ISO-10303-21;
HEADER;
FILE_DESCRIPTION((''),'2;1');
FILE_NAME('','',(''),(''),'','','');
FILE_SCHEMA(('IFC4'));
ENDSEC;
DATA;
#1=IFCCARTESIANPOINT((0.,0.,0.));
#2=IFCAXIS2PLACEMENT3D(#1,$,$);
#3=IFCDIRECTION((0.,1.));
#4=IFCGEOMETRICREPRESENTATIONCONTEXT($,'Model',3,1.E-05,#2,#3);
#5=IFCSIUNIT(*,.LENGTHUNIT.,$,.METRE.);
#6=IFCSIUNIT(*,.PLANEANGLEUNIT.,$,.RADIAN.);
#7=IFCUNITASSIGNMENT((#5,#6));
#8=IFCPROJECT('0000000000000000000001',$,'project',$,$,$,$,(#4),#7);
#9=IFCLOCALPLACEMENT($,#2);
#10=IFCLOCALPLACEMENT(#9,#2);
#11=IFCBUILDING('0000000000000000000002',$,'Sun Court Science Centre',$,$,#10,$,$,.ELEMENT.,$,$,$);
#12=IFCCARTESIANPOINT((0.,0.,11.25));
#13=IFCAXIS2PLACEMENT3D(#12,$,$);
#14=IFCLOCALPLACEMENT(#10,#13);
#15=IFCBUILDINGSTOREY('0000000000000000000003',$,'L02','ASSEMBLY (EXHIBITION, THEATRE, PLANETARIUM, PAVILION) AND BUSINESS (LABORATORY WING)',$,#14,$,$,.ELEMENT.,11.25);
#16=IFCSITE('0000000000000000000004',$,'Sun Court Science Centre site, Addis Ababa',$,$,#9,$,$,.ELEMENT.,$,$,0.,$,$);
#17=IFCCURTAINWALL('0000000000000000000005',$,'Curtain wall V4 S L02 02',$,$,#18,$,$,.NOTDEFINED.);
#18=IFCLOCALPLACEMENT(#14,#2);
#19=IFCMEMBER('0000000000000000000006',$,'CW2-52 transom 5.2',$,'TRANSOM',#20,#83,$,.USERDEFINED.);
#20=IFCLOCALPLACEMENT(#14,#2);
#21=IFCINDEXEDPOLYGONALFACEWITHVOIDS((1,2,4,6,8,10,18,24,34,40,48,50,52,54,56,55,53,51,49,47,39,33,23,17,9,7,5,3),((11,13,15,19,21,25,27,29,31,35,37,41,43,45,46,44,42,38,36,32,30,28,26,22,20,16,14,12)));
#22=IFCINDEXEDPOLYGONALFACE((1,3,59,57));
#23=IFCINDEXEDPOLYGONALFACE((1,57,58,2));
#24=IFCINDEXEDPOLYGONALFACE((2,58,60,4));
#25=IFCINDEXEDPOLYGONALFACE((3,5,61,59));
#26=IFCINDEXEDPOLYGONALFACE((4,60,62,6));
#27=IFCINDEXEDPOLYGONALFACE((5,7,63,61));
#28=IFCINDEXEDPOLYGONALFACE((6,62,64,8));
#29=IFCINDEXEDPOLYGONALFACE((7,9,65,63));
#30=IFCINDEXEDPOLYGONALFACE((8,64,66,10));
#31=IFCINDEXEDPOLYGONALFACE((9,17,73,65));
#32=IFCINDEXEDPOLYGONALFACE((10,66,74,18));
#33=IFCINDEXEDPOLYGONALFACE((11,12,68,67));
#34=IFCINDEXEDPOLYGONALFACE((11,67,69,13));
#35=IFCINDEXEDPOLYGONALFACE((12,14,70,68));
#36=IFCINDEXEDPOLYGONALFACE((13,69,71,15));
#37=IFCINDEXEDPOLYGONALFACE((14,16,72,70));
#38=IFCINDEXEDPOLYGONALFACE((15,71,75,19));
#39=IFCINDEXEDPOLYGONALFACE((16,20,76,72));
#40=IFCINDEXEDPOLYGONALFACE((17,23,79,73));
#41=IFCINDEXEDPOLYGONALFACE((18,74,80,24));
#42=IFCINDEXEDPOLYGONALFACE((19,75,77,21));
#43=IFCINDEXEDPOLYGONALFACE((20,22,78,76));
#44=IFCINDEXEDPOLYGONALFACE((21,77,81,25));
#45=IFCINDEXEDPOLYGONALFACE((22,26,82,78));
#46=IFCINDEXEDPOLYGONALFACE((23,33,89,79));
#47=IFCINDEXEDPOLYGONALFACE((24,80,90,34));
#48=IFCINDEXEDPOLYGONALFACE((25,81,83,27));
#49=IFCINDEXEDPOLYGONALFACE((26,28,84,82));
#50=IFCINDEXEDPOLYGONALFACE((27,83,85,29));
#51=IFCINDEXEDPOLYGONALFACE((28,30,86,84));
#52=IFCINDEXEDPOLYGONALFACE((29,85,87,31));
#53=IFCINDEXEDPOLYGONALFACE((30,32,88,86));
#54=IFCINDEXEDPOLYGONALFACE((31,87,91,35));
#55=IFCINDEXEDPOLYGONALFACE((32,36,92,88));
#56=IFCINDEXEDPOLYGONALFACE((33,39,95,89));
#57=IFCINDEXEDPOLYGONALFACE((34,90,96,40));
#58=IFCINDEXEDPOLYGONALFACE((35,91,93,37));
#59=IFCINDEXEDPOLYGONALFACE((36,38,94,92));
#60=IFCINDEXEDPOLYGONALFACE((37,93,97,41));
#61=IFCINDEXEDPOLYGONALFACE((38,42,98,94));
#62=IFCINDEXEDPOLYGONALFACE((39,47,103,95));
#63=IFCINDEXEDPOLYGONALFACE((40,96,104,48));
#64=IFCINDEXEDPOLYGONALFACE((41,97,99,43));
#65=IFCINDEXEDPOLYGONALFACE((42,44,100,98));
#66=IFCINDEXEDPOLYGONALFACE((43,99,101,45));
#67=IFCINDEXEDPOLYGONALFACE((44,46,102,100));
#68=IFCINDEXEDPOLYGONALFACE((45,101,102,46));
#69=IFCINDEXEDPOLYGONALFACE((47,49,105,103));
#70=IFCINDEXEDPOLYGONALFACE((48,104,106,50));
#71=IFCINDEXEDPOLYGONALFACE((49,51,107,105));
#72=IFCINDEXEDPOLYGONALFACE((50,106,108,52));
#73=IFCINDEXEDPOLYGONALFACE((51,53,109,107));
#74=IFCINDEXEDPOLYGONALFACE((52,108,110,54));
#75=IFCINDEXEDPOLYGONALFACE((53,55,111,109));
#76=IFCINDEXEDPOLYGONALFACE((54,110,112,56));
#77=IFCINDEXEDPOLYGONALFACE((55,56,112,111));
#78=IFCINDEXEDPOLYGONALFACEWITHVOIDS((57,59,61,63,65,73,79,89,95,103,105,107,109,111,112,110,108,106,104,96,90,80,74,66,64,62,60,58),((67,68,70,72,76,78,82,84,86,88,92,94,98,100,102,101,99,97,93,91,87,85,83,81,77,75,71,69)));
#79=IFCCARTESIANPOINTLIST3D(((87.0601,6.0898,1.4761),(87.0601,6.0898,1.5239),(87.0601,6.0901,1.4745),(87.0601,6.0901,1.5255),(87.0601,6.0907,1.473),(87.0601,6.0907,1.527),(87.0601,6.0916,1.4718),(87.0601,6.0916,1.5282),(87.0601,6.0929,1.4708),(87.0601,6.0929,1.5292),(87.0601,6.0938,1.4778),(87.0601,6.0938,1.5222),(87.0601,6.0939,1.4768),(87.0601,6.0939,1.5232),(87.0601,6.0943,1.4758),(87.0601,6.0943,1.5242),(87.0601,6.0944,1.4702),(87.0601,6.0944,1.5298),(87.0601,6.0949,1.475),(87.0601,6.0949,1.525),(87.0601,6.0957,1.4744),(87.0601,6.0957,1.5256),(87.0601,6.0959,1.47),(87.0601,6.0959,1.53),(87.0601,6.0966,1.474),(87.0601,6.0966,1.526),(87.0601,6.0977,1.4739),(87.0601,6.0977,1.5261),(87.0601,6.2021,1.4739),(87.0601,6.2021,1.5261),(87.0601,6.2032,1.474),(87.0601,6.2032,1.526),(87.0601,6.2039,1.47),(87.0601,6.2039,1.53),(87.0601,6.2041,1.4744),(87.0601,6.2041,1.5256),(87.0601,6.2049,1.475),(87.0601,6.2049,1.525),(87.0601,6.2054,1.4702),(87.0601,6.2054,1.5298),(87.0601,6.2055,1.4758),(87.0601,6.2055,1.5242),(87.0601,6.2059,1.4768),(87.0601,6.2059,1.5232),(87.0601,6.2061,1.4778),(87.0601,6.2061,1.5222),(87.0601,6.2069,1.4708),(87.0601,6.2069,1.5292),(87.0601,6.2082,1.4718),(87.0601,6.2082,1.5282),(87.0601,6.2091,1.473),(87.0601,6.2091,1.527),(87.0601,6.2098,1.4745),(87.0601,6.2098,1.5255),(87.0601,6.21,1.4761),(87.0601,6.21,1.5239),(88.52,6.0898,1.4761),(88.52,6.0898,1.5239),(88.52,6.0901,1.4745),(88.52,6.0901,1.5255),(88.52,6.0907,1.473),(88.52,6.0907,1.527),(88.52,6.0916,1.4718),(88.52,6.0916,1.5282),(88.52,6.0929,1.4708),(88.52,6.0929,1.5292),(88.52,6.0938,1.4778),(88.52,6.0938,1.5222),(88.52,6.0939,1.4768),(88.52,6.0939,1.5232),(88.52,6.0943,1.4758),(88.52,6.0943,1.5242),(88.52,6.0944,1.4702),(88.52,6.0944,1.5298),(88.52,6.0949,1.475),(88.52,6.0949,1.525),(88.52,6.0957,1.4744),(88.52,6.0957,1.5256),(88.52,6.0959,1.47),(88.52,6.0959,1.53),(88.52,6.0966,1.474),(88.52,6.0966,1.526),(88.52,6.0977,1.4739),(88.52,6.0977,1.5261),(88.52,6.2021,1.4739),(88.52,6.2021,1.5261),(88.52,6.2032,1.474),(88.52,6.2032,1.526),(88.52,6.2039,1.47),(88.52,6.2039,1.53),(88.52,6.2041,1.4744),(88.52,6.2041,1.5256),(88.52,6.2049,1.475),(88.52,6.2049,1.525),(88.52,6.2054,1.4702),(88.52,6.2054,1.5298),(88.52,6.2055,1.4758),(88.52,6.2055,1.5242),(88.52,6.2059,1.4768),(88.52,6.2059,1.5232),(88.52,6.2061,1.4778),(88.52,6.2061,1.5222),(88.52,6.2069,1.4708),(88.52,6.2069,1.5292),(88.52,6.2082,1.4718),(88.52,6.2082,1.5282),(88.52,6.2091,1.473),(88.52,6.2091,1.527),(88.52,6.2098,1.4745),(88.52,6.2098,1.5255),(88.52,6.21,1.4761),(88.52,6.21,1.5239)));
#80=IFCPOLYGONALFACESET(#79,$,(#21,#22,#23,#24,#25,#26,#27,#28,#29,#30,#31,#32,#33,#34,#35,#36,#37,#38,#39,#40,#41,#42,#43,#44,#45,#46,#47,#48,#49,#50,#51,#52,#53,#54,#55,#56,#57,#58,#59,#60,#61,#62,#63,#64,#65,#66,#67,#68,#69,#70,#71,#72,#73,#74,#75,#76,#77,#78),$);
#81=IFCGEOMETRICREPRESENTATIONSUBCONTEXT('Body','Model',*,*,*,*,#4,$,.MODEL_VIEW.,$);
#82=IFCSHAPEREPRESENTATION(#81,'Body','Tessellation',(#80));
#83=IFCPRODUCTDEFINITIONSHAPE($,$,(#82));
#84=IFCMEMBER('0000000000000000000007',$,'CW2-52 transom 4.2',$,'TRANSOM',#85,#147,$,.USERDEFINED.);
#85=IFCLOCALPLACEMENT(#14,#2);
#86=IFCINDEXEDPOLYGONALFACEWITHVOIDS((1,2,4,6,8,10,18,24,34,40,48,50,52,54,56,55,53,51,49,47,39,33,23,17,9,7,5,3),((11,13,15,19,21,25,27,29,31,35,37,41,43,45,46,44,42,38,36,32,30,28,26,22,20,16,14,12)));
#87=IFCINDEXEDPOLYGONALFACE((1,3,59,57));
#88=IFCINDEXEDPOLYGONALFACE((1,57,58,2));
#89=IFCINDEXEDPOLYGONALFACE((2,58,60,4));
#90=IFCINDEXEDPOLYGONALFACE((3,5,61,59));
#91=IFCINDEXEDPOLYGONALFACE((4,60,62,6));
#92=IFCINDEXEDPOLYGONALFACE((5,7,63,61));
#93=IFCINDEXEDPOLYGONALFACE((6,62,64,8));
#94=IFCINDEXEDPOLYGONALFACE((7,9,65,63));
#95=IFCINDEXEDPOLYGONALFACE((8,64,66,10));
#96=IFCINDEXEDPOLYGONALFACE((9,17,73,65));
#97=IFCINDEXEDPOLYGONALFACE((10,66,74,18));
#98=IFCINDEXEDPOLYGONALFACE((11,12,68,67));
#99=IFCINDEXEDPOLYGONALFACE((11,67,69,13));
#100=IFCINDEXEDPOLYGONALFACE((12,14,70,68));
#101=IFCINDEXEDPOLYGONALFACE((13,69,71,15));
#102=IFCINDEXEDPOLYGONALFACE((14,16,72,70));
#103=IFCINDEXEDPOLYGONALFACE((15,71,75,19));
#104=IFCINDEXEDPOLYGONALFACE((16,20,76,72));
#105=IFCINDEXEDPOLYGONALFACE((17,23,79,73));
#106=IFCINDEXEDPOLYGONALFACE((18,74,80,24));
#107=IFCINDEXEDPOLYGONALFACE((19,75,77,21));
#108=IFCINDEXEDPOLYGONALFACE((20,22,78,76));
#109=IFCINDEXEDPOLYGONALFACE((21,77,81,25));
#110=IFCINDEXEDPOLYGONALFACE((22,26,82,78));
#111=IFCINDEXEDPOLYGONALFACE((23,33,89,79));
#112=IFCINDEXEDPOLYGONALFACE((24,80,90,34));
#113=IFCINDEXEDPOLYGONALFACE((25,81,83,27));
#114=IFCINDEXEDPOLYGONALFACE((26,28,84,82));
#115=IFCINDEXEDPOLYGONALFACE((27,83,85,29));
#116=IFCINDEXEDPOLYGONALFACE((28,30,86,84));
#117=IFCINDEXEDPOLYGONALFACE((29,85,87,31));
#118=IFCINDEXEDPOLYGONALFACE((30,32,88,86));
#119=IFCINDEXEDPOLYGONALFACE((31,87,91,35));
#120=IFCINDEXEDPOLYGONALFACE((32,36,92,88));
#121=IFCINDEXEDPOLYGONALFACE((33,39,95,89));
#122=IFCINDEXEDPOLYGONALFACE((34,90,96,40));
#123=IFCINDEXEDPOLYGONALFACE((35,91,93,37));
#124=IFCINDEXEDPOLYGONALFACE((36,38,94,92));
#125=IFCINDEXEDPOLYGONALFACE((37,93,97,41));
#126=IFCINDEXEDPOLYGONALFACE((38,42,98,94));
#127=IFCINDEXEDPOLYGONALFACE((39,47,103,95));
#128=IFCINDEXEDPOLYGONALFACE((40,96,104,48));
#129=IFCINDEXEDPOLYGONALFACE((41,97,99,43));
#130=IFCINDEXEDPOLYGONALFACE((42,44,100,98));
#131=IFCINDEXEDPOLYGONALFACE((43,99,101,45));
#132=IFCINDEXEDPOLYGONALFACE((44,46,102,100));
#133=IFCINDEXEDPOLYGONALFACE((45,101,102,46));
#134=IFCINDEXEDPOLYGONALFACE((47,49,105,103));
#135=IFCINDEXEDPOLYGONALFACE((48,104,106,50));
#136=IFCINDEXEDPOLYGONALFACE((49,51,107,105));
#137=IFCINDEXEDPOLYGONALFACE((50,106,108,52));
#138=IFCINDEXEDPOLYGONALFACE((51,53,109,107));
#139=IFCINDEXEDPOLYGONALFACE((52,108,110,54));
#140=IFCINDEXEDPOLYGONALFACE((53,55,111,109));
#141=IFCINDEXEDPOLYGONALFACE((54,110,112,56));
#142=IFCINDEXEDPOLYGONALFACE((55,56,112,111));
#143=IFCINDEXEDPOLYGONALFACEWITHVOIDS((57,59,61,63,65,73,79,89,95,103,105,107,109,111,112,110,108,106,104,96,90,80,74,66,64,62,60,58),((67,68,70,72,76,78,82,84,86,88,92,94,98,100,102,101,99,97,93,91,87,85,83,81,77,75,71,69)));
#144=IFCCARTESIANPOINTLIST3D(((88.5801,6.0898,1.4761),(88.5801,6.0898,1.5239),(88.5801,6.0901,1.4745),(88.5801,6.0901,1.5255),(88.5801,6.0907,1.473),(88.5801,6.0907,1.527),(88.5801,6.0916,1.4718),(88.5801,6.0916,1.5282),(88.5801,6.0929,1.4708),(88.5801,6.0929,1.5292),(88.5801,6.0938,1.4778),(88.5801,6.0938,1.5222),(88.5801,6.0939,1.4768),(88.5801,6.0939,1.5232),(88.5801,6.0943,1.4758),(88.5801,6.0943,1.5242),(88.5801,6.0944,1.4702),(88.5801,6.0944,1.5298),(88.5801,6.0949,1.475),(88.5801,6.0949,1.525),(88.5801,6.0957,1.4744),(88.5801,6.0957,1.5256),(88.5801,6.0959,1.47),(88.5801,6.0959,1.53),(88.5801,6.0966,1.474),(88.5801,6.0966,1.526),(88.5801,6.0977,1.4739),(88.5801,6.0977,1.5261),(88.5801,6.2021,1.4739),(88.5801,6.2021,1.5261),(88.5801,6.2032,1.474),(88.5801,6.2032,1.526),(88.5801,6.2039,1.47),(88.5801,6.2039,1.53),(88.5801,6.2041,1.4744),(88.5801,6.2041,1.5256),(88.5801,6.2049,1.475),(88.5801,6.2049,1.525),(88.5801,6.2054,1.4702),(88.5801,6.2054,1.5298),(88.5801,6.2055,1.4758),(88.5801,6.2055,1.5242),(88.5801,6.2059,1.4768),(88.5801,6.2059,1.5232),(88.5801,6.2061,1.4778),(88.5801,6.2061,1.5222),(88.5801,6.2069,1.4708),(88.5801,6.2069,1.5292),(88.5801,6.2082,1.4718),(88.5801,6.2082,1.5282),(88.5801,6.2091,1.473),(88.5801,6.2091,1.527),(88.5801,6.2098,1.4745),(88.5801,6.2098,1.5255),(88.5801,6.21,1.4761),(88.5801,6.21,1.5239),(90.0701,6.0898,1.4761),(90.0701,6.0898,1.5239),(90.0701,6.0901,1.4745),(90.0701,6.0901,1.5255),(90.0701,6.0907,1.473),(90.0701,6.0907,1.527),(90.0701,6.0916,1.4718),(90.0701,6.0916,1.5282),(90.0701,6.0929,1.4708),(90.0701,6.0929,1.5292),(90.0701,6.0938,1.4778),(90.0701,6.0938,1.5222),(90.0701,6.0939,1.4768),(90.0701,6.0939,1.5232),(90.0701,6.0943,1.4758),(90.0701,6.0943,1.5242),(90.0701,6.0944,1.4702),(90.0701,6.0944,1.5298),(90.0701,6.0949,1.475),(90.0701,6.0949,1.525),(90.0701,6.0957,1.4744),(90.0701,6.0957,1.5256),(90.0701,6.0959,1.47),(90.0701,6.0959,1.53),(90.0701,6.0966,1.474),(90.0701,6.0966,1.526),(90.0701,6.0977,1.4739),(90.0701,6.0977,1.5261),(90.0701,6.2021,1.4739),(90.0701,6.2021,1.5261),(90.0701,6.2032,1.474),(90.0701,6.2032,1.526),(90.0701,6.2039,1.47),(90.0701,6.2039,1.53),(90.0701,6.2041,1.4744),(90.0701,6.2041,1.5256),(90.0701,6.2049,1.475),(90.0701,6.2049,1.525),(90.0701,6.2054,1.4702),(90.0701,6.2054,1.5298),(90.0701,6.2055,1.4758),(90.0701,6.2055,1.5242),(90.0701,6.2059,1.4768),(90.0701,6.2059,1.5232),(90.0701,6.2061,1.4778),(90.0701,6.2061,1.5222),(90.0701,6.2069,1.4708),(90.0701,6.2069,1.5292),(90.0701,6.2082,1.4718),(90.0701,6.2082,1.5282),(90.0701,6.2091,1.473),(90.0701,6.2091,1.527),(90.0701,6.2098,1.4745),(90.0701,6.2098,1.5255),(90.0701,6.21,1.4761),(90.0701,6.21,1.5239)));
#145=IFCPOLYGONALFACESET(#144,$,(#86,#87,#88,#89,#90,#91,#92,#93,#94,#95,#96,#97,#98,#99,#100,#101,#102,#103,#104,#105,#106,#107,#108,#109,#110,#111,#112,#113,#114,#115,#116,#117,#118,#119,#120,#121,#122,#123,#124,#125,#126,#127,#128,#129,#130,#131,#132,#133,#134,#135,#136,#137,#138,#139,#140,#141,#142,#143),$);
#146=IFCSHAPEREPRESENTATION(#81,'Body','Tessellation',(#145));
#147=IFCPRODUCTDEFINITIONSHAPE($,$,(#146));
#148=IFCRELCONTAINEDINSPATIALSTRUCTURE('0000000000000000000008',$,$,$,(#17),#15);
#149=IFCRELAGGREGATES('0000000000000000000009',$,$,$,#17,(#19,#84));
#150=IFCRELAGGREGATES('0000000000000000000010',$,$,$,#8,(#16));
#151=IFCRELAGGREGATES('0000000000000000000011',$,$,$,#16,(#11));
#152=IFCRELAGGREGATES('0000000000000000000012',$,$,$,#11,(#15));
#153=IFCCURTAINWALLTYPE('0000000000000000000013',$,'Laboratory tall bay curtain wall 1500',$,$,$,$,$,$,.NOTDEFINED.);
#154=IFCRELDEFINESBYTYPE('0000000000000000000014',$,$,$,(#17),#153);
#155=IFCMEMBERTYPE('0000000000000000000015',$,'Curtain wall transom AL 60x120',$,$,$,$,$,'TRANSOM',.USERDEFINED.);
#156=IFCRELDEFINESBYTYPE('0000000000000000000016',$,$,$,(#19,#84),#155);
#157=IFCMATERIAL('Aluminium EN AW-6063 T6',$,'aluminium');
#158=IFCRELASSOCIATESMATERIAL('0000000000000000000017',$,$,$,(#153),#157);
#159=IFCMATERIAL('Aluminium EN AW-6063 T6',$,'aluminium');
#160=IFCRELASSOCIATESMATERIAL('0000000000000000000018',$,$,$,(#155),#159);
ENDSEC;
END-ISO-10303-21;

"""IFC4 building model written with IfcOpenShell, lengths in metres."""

from ifc_helpers import new_model, si_unit, direction, frame, origin, origin_2d, place, context, subcontext, project, spatial, hollow_rectangle, extrude, material, material_profile, profile_set, type_object, element, aggregate, save


model = new_model("IFC4")

# Units and contexts
model_context = context("Model", 3, precision=1e-05, world=origin(), true_north=direction((0.0, 1.0)))
body_context = subcontext(model_context, "Body", "Model", "MODEL_VIEW")
ifc_project = project(units=[si_unit("LENGTHUNIT", "METRE"), si_unit("PLANEANGLEUNIT", "RADIAN")], contexts=[model_context])

# Site, building, storey
site_placement = place(None, origin())
site = spatial("IfcSite", under=ifc_project, at=site_placement, Name="Sun Court Science Centre site, Addis Ababa", CompositionType="ELEMENT", RefElevation=0.0)
building_placement = place(site_placement, origin())
building = spatial("IfcBuilding", under=site, at=building_placement, Name="Sun Court Science Centre", CompositionType="ELEMENT")
storey_placement = place(building_placement, frame((0.0, 0.0, 11.25)))
storey = spatial("IfcBuildingStorey", under=building, at=storey_placement, Name="L02", Description="ASSEMBLY (EXHIBITION, THEATRE, PLANETARIUM, PAVILION) AND BUSINESS (LABORATORY WING)", CompositionType="ELEMENT", Elevation=11.25)

# Curtain wall, members
ifc_material_1 = material(Name="Aluminium EN AW-6063 T6", Category="aluminium")
curtain_wall_type = type_object("IfcCurtainWallType", Name="Laboratory tall bay curtain wall 1500", PredefinedType="NOTDEFINED", material=ifc_material_1)
curtain_wall_placement = place(storey_placement, origin())
curtain_wall = element("IfcCurtainWall", 1, at=curtain_wall_placement, inside=storey, type_object=curtain_wall_type, Name="Curtain wall V4 S L02 02", PredefinedType="NOTDEFINED")
ifc_material_2 = material(Name="Aluminium EN AW-6063 T6", Category="aluminium")
ifc_material_profile_1 = material_profile(ifc_material_2, hollow_rectangle(XDim=0.0601, YDim=0.1201, WallThickness=0.0039, InnerFilletRadius=0.0039, OuterFilletRadius=0.0061, at=origin_2d()), Name="AL 60x120x4")
ifc_profile_set_1 = profile_set([ifc_material_profile_1], Name="Aluminium EN AW-6063 T6")
member_type_1 = type_object("IfcMemberType", Name="Curtain wall transom AL 60x120", ElementType="TRANSOM", PredefinedType="USERDEFINED", material=ifc_profile_set_1)
member_1_placement = place(storey_placement, frame((88.52, 6.1499, 1.5), z_axis=(-1.0, 0.0, 0.0), x_axis=(0.0, 0.0, 1.0)))
member_1 = element("IfcMember", 2, at=member_1_placement, type_object=member_type_1, Name="CW2-52 transom 5.2", ObjectType="TRANSOM", PredefinedType="USERDEFINED", context=body_context, shape_type="SweptSolid", body=[
    extrude(hollow_rectangle(XDim=0.0601, YDim=0.1201, WallThickness=0.0039, InnerFilletRadius=0.0039, OuterFilletRadius=0.0061, at=origin_2d()), origin(), (0.0, 0.0, 1.0), 1.46),
])
member_2_placement = place(storey_placement, frame((90.0701, 6.1499, 1.5), z_axis=(-1.0, 0.0, 0.0), x_axis=(0.0, 0.0, 1.0)))
member_2 = element("IfcMember", 3, at=member_2_placement, type_object=member_type_1, Name="CW2-52 transom 4.2", ObjectType="TRANSOM", PredefinedType="USERDEFINED", context=body_context, shape_type="SweptSolid", body=[
    extrude(hollow_rectangle(XDim=0.0601, YDim=0.1201, WallThickness=0.0039, InnerFilletRadius=0.0039, OuterFilletRadius=0.0061, at=origin_2d()), origin(), (0.0, 0.0, 1.0), 1.49),
])

aggregate(curtain_wall, [member_1, member_2])

save(model, "model.ifc")
